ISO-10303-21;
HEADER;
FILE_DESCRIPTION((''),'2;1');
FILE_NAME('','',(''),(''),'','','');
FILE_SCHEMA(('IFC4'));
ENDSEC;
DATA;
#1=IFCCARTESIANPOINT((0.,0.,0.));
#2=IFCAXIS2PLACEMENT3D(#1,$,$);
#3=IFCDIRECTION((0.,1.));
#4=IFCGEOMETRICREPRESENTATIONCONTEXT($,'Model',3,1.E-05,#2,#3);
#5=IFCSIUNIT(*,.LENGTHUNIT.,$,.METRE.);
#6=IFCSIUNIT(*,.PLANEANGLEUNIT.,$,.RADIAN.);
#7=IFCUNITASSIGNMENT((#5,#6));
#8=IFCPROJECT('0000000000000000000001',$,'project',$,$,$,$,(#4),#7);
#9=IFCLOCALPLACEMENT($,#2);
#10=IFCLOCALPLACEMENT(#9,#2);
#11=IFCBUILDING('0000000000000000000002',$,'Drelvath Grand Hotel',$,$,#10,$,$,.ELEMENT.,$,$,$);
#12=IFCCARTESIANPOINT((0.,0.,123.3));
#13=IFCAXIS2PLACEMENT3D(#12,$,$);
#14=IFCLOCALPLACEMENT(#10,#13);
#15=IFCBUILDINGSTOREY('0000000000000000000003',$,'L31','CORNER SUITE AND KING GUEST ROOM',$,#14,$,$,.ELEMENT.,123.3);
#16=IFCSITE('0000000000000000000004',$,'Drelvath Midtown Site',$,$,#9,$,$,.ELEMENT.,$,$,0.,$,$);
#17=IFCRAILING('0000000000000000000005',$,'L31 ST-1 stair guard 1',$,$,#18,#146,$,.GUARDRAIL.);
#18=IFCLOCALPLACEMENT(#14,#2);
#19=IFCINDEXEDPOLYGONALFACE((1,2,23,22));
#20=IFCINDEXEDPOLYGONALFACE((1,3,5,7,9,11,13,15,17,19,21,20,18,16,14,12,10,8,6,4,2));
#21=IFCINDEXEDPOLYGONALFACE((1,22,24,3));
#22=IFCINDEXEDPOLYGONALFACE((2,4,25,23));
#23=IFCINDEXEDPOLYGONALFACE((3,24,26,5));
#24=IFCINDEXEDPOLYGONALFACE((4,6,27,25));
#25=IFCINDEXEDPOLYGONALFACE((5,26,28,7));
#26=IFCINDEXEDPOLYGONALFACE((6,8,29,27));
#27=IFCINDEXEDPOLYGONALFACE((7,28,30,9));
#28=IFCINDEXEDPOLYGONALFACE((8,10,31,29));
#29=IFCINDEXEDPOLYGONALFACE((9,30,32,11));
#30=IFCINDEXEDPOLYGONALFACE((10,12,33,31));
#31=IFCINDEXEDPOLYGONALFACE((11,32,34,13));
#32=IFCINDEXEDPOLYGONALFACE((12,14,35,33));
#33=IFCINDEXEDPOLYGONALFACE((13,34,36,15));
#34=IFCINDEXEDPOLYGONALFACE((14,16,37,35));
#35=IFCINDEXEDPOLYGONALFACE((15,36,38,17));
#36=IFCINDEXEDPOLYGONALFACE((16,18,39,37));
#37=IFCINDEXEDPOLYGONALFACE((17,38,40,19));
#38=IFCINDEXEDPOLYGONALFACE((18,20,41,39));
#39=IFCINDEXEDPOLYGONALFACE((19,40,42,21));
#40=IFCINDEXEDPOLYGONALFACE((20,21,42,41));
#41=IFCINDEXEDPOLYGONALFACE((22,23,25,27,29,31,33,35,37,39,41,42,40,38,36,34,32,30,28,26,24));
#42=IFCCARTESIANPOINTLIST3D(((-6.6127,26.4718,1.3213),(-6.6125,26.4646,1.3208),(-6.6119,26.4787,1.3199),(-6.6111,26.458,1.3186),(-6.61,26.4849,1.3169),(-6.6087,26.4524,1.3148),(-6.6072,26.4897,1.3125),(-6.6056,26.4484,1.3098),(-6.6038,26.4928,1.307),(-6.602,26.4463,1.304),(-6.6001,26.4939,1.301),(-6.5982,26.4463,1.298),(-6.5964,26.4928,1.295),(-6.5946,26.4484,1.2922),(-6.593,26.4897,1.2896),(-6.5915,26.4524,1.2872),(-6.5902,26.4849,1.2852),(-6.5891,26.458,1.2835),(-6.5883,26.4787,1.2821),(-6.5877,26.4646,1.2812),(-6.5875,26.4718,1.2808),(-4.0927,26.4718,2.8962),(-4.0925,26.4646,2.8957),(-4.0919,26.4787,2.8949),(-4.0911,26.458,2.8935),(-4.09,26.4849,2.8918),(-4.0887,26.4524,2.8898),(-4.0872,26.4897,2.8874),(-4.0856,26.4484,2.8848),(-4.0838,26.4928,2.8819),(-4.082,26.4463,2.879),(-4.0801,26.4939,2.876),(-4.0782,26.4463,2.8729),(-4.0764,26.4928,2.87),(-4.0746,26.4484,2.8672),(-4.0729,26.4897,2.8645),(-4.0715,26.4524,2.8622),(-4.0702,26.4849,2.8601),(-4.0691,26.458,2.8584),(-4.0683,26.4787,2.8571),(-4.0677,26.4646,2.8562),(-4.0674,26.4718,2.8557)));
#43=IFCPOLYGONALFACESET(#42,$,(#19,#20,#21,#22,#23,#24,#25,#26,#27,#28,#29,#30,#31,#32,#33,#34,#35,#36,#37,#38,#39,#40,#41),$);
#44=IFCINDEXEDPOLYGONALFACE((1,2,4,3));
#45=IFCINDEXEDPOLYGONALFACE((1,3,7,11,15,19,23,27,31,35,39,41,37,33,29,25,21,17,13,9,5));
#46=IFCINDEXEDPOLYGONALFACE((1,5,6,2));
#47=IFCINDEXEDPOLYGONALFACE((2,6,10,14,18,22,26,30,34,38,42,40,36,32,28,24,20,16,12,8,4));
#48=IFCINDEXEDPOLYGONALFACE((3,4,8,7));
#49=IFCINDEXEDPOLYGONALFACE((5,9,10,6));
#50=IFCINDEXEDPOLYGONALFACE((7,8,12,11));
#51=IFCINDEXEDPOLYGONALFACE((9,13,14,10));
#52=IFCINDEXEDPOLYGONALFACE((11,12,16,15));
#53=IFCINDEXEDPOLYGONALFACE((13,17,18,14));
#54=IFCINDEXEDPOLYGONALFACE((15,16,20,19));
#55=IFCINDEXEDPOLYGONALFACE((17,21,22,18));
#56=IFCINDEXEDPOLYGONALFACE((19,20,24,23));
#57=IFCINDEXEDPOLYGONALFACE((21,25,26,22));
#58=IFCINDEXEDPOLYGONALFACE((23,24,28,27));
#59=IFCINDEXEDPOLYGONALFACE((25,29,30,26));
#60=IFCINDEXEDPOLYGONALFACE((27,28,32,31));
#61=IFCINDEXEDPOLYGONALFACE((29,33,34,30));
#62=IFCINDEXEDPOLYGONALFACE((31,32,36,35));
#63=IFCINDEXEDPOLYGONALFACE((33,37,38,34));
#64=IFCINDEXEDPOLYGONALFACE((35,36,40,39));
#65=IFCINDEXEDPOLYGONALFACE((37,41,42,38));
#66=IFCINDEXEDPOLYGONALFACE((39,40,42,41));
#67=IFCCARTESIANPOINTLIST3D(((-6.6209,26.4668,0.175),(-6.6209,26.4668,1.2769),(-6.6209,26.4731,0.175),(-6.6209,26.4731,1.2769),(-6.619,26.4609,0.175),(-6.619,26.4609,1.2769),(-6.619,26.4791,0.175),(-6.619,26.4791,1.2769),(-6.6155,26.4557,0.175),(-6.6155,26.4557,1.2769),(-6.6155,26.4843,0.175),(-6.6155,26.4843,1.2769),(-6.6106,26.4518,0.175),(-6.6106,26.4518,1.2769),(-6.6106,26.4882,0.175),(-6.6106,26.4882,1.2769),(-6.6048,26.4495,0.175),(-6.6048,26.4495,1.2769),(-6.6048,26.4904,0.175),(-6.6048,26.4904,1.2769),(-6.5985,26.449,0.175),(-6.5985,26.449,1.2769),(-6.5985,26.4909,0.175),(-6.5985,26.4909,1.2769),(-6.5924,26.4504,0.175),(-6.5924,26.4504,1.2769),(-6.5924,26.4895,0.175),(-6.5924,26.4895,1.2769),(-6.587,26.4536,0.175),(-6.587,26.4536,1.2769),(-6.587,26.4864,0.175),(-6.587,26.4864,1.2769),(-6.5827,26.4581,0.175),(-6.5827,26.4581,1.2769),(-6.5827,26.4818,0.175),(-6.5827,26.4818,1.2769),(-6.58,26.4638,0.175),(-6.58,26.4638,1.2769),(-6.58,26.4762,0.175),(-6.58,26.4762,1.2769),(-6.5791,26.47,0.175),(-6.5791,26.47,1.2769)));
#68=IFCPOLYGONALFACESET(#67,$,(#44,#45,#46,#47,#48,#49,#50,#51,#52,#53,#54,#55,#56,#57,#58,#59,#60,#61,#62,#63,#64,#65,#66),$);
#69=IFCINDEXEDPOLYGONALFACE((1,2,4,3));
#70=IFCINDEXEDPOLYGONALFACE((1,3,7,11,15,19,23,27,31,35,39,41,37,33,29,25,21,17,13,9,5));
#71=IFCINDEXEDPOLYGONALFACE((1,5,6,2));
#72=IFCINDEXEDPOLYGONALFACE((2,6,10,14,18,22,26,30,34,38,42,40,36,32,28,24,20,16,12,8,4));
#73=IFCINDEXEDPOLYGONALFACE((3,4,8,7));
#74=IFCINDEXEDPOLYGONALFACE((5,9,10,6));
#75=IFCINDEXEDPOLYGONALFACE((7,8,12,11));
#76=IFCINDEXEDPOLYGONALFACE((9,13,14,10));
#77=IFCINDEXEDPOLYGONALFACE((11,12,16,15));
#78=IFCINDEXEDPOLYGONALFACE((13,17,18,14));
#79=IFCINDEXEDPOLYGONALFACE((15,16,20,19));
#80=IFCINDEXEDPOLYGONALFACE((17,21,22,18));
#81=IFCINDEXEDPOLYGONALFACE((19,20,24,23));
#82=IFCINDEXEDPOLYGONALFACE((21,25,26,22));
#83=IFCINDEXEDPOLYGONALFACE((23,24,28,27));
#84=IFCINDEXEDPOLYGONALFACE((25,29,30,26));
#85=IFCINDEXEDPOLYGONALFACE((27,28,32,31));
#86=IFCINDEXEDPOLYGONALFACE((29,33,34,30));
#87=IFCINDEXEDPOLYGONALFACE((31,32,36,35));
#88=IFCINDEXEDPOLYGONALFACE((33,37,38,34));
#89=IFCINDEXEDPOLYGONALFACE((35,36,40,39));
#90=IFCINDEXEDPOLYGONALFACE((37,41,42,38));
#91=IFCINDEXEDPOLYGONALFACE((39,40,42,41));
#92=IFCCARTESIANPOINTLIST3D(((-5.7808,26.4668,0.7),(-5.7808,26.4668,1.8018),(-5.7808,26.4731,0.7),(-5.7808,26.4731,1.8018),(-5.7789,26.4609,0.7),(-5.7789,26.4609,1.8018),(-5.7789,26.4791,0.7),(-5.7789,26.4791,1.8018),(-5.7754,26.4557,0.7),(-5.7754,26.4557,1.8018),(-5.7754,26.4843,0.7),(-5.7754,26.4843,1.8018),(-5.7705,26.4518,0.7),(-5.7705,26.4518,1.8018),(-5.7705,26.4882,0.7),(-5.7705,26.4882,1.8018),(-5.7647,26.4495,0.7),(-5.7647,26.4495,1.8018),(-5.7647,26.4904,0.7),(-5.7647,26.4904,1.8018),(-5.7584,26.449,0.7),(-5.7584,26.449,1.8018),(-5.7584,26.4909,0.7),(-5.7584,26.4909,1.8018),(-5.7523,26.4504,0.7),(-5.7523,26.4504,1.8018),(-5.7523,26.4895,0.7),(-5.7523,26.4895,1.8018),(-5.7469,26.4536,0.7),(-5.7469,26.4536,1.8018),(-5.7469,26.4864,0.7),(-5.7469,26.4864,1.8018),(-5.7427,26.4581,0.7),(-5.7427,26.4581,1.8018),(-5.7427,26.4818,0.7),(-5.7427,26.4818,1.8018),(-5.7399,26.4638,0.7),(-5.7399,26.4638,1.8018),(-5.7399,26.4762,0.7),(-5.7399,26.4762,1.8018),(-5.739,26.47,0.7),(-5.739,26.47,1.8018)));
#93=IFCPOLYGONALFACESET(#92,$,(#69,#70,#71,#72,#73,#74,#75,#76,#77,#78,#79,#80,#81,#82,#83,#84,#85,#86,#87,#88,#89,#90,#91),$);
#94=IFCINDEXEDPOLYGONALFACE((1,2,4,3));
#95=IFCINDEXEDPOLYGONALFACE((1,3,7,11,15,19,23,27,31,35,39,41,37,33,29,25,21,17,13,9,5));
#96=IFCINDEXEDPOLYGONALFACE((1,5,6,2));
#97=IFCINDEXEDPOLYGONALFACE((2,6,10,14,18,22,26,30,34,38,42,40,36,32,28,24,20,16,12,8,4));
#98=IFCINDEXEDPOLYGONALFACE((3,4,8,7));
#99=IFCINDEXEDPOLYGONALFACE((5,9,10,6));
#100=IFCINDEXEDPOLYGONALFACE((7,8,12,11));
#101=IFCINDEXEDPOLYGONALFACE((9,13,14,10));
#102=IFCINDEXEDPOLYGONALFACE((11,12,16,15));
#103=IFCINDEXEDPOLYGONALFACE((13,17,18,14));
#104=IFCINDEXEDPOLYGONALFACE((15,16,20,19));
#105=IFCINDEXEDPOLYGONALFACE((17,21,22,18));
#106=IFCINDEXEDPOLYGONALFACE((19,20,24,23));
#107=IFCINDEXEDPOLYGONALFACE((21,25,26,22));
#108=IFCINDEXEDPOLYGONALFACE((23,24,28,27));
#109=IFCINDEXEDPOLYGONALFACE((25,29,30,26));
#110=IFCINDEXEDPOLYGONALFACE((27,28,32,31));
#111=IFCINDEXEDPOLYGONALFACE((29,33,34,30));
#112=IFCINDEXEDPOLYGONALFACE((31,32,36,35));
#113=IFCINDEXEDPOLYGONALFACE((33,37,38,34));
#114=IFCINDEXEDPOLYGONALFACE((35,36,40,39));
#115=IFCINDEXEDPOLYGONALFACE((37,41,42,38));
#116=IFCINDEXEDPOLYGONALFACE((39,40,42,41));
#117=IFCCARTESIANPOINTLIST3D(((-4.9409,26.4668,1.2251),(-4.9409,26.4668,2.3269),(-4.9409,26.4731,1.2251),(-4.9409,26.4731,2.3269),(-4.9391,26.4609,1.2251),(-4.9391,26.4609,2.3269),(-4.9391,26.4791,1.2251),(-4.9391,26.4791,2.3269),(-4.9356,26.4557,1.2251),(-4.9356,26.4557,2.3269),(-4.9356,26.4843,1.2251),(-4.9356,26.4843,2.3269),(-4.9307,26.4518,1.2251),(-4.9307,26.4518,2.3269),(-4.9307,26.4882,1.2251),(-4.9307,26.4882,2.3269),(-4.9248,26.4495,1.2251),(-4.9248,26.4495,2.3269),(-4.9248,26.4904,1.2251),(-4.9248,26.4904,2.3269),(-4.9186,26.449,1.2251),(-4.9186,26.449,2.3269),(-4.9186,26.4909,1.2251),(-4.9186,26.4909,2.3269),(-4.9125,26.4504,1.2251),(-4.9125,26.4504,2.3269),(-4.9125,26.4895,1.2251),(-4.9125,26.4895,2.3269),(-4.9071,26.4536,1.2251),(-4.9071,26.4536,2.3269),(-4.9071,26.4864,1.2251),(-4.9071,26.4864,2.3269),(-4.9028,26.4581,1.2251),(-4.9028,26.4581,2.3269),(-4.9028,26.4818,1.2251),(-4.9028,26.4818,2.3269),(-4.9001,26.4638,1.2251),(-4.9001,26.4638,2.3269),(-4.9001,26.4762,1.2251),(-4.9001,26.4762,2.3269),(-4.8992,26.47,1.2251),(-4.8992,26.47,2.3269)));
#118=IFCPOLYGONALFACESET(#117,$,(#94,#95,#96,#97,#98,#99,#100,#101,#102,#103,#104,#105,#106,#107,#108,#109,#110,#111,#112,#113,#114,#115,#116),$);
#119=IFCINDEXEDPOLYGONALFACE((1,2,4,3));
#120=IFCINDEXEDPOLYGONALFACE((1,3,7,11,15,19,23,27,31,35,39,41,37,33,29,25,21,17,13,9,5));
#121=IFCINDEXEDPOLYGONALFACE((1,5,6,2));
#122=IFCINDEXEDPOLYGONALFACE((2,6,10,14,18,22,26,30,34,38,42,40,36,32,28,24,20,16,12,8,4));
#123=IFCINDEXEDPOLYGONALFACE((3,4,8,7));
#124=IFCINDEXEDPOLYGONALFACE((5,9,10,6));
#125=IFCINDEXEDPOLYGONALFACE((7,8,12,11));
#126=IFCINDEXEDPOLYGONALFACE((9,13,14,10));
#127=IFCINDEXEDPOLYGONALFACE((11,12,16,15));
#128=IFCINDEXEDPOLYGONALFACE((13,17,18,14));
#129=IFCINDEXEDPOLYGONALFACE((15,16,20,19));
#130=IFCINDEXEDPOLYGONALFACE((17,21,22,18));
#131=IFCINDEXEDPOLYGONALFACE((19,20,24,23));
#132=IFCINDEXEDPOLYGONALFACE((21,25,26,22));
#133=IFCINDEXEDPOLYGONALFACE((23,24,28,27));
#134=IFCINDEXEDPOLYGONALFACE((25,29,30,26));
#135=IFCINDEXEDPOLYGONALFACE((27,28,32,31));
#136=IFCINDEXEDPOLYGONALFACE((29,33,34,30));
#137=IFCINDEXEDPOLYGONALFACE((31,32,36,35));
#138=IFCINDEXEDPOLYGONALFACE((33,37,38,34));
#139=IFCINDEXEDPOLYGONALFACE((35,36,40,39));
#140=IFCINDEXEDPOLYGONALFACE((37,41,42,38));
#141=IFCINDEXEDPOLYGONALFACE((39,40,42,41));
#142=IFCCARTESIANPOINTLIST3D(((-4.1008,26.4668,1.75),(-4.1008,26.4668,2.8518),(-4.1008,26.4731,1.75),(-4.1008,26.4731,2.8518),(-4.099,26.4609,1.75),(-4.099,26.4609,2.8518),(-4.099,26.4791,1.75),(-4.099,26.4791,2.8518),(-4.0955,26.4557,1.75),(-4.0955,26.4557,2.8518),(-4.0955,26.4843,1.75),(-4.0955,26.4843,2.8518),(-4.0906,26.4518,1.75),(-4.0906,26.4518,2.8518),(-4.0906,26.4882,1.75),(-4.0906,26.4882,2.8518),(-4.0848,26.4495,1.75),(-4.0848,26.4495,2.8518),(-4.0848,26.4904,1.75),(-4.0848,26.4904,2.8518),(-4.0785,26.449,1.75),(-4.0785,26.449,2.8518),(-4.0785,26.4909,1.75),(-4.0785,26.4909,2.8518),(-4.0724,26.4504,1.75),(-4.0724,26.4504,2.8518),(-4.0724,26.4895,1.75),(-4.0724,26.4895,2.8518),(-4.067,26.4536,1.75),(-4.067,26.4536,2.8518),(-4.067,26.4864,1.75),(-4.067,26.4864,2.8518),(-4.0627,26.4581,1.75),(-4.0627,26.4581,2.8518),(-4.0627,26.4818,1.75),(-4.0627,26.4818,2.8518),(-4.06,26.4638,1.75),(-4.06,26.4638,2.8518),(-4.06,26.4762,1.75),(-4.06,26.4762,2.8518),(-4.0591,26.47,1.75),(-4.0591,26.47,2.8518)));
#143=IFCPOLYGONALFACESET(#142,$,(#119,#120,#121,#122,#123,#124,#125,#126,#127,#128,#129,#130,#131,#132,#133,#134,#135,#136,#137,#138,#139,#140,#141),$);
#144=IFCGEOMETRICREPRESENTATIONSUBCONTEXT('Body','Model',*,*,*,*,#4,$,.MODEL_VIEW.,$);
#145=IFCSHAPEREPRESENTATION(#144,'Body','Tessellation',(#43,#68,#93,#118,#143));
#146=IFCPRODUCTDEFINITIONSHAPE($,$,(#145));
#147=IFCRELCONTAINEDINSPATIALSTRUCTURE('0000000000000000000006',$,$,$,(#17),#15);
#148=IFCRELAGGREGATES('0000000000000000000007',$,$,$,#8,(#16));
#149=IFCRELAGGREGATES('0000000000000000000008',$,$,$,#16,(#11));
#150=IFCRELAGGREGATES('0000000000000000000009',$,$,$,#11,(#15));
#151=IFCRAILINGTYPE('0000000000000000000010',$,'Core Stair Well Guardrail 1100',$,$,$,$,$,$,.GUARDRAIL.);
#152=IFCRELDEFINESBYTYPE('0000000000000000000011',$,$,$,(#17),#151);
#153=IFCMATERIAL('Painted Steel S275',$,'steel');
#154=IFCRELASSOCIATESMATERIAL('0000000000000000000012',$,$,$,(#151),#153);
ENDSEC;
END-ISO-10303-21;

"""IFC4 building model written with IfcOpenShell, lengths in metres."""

from ifc_helpers import new_model, si_unit, direction, frame, origin, origin_2d, place, context, subcontext, project, spatial, circle, extrude, material, type_object, element, save


model = new_model("IFC4")

# Units and contexts
model_context = context("Model", 3, precision=1e-05, world=origin(), true_north=direction((0.0, 1.0)))
body_context = subcontext(model_context, "Body", "Model", "MODEL_VIEW")
ifc_project = project(units=[si_unit("LENGTHUNIT", "METRE"), si_unit("PLANEANGLEUNIT", "RADIAN")], contexts=[model_context])

# Site, building, storey
site_placement = place(None, origin())
site = spatial("IfcSite", under=ifc_project, at=site_placement, Name="Drelvath Midtown Site", CompositionType="ELEMENT", RefElevation=0.0)
building_placement = place(site_placement, origin())
building = spatial("IfcBuilding", under=site, at=building_placement, Name="Drelvath Grand Hotel", CompositionType="ELEMENT")
storey_placement = place(building_placement, frame((0.0, 0.0, 123.3)))
storey = spatial("IfcBuildingStorey", under=building, at=storey_placement, Name="L31", Description="CORNER SUITE AND KING GUEST ROOM", CompositionType="ELEMENT", Elevation=123.3)

# Shared definitions
ifc_material_1 = material(Name="Painted Steel S275", Category="steel")

# Railing
railing_type_1 = type_object("IfcRailingType", Name="Core Stair Well Guardrail 1100", PredefinedType="GUARDRAIL", material=ifc_material_1)
railing_1_placement = place(storey_placement, frame((-6.6001, 26.47, 0.175)))
element("IfcRailing", 1, at=railing_1_placement, inside=storey, type_object=railing_type_1, Name="L31 ST-1 stair guard 1", PredefinedType="GUARDRAIL", context=body_context, shape_type="SweptSolid", body=[
    extrude(circle(Radius=0.0239, at=origin_2d()), frame((0.0, 0.0, 1.126), z_axis=(0.848008, 0.0, 0.529984), x_axis=(0.0, 1.0, 0.0)), (0.0, 0.0, 1.0), 2.9717),
    extrude(circle(Radius=0.021, at=origin_2d()), origin(), (0.0, 0.0, 1.0), 1.1018),
    extrude(circle(Radius=0.021, at=origin_2d()), frame((0.8401, 0.0, 0.5249)), (0.0, 0.0, 1.0), 1.1018),
    extrude(circle(Radius=0.021, at=origin_2d()), frame((1.6799, 0.0, 1.05)), (0.0, 0.0, 1.0), 1.1018),
    extrude(circle(Radius=0.021, at=origin_2d()), frame((2.52, 0.0, 1.575)), (0.0, 0.0, 1.0), 1.1018),
])

save(model, "model.ifc")
